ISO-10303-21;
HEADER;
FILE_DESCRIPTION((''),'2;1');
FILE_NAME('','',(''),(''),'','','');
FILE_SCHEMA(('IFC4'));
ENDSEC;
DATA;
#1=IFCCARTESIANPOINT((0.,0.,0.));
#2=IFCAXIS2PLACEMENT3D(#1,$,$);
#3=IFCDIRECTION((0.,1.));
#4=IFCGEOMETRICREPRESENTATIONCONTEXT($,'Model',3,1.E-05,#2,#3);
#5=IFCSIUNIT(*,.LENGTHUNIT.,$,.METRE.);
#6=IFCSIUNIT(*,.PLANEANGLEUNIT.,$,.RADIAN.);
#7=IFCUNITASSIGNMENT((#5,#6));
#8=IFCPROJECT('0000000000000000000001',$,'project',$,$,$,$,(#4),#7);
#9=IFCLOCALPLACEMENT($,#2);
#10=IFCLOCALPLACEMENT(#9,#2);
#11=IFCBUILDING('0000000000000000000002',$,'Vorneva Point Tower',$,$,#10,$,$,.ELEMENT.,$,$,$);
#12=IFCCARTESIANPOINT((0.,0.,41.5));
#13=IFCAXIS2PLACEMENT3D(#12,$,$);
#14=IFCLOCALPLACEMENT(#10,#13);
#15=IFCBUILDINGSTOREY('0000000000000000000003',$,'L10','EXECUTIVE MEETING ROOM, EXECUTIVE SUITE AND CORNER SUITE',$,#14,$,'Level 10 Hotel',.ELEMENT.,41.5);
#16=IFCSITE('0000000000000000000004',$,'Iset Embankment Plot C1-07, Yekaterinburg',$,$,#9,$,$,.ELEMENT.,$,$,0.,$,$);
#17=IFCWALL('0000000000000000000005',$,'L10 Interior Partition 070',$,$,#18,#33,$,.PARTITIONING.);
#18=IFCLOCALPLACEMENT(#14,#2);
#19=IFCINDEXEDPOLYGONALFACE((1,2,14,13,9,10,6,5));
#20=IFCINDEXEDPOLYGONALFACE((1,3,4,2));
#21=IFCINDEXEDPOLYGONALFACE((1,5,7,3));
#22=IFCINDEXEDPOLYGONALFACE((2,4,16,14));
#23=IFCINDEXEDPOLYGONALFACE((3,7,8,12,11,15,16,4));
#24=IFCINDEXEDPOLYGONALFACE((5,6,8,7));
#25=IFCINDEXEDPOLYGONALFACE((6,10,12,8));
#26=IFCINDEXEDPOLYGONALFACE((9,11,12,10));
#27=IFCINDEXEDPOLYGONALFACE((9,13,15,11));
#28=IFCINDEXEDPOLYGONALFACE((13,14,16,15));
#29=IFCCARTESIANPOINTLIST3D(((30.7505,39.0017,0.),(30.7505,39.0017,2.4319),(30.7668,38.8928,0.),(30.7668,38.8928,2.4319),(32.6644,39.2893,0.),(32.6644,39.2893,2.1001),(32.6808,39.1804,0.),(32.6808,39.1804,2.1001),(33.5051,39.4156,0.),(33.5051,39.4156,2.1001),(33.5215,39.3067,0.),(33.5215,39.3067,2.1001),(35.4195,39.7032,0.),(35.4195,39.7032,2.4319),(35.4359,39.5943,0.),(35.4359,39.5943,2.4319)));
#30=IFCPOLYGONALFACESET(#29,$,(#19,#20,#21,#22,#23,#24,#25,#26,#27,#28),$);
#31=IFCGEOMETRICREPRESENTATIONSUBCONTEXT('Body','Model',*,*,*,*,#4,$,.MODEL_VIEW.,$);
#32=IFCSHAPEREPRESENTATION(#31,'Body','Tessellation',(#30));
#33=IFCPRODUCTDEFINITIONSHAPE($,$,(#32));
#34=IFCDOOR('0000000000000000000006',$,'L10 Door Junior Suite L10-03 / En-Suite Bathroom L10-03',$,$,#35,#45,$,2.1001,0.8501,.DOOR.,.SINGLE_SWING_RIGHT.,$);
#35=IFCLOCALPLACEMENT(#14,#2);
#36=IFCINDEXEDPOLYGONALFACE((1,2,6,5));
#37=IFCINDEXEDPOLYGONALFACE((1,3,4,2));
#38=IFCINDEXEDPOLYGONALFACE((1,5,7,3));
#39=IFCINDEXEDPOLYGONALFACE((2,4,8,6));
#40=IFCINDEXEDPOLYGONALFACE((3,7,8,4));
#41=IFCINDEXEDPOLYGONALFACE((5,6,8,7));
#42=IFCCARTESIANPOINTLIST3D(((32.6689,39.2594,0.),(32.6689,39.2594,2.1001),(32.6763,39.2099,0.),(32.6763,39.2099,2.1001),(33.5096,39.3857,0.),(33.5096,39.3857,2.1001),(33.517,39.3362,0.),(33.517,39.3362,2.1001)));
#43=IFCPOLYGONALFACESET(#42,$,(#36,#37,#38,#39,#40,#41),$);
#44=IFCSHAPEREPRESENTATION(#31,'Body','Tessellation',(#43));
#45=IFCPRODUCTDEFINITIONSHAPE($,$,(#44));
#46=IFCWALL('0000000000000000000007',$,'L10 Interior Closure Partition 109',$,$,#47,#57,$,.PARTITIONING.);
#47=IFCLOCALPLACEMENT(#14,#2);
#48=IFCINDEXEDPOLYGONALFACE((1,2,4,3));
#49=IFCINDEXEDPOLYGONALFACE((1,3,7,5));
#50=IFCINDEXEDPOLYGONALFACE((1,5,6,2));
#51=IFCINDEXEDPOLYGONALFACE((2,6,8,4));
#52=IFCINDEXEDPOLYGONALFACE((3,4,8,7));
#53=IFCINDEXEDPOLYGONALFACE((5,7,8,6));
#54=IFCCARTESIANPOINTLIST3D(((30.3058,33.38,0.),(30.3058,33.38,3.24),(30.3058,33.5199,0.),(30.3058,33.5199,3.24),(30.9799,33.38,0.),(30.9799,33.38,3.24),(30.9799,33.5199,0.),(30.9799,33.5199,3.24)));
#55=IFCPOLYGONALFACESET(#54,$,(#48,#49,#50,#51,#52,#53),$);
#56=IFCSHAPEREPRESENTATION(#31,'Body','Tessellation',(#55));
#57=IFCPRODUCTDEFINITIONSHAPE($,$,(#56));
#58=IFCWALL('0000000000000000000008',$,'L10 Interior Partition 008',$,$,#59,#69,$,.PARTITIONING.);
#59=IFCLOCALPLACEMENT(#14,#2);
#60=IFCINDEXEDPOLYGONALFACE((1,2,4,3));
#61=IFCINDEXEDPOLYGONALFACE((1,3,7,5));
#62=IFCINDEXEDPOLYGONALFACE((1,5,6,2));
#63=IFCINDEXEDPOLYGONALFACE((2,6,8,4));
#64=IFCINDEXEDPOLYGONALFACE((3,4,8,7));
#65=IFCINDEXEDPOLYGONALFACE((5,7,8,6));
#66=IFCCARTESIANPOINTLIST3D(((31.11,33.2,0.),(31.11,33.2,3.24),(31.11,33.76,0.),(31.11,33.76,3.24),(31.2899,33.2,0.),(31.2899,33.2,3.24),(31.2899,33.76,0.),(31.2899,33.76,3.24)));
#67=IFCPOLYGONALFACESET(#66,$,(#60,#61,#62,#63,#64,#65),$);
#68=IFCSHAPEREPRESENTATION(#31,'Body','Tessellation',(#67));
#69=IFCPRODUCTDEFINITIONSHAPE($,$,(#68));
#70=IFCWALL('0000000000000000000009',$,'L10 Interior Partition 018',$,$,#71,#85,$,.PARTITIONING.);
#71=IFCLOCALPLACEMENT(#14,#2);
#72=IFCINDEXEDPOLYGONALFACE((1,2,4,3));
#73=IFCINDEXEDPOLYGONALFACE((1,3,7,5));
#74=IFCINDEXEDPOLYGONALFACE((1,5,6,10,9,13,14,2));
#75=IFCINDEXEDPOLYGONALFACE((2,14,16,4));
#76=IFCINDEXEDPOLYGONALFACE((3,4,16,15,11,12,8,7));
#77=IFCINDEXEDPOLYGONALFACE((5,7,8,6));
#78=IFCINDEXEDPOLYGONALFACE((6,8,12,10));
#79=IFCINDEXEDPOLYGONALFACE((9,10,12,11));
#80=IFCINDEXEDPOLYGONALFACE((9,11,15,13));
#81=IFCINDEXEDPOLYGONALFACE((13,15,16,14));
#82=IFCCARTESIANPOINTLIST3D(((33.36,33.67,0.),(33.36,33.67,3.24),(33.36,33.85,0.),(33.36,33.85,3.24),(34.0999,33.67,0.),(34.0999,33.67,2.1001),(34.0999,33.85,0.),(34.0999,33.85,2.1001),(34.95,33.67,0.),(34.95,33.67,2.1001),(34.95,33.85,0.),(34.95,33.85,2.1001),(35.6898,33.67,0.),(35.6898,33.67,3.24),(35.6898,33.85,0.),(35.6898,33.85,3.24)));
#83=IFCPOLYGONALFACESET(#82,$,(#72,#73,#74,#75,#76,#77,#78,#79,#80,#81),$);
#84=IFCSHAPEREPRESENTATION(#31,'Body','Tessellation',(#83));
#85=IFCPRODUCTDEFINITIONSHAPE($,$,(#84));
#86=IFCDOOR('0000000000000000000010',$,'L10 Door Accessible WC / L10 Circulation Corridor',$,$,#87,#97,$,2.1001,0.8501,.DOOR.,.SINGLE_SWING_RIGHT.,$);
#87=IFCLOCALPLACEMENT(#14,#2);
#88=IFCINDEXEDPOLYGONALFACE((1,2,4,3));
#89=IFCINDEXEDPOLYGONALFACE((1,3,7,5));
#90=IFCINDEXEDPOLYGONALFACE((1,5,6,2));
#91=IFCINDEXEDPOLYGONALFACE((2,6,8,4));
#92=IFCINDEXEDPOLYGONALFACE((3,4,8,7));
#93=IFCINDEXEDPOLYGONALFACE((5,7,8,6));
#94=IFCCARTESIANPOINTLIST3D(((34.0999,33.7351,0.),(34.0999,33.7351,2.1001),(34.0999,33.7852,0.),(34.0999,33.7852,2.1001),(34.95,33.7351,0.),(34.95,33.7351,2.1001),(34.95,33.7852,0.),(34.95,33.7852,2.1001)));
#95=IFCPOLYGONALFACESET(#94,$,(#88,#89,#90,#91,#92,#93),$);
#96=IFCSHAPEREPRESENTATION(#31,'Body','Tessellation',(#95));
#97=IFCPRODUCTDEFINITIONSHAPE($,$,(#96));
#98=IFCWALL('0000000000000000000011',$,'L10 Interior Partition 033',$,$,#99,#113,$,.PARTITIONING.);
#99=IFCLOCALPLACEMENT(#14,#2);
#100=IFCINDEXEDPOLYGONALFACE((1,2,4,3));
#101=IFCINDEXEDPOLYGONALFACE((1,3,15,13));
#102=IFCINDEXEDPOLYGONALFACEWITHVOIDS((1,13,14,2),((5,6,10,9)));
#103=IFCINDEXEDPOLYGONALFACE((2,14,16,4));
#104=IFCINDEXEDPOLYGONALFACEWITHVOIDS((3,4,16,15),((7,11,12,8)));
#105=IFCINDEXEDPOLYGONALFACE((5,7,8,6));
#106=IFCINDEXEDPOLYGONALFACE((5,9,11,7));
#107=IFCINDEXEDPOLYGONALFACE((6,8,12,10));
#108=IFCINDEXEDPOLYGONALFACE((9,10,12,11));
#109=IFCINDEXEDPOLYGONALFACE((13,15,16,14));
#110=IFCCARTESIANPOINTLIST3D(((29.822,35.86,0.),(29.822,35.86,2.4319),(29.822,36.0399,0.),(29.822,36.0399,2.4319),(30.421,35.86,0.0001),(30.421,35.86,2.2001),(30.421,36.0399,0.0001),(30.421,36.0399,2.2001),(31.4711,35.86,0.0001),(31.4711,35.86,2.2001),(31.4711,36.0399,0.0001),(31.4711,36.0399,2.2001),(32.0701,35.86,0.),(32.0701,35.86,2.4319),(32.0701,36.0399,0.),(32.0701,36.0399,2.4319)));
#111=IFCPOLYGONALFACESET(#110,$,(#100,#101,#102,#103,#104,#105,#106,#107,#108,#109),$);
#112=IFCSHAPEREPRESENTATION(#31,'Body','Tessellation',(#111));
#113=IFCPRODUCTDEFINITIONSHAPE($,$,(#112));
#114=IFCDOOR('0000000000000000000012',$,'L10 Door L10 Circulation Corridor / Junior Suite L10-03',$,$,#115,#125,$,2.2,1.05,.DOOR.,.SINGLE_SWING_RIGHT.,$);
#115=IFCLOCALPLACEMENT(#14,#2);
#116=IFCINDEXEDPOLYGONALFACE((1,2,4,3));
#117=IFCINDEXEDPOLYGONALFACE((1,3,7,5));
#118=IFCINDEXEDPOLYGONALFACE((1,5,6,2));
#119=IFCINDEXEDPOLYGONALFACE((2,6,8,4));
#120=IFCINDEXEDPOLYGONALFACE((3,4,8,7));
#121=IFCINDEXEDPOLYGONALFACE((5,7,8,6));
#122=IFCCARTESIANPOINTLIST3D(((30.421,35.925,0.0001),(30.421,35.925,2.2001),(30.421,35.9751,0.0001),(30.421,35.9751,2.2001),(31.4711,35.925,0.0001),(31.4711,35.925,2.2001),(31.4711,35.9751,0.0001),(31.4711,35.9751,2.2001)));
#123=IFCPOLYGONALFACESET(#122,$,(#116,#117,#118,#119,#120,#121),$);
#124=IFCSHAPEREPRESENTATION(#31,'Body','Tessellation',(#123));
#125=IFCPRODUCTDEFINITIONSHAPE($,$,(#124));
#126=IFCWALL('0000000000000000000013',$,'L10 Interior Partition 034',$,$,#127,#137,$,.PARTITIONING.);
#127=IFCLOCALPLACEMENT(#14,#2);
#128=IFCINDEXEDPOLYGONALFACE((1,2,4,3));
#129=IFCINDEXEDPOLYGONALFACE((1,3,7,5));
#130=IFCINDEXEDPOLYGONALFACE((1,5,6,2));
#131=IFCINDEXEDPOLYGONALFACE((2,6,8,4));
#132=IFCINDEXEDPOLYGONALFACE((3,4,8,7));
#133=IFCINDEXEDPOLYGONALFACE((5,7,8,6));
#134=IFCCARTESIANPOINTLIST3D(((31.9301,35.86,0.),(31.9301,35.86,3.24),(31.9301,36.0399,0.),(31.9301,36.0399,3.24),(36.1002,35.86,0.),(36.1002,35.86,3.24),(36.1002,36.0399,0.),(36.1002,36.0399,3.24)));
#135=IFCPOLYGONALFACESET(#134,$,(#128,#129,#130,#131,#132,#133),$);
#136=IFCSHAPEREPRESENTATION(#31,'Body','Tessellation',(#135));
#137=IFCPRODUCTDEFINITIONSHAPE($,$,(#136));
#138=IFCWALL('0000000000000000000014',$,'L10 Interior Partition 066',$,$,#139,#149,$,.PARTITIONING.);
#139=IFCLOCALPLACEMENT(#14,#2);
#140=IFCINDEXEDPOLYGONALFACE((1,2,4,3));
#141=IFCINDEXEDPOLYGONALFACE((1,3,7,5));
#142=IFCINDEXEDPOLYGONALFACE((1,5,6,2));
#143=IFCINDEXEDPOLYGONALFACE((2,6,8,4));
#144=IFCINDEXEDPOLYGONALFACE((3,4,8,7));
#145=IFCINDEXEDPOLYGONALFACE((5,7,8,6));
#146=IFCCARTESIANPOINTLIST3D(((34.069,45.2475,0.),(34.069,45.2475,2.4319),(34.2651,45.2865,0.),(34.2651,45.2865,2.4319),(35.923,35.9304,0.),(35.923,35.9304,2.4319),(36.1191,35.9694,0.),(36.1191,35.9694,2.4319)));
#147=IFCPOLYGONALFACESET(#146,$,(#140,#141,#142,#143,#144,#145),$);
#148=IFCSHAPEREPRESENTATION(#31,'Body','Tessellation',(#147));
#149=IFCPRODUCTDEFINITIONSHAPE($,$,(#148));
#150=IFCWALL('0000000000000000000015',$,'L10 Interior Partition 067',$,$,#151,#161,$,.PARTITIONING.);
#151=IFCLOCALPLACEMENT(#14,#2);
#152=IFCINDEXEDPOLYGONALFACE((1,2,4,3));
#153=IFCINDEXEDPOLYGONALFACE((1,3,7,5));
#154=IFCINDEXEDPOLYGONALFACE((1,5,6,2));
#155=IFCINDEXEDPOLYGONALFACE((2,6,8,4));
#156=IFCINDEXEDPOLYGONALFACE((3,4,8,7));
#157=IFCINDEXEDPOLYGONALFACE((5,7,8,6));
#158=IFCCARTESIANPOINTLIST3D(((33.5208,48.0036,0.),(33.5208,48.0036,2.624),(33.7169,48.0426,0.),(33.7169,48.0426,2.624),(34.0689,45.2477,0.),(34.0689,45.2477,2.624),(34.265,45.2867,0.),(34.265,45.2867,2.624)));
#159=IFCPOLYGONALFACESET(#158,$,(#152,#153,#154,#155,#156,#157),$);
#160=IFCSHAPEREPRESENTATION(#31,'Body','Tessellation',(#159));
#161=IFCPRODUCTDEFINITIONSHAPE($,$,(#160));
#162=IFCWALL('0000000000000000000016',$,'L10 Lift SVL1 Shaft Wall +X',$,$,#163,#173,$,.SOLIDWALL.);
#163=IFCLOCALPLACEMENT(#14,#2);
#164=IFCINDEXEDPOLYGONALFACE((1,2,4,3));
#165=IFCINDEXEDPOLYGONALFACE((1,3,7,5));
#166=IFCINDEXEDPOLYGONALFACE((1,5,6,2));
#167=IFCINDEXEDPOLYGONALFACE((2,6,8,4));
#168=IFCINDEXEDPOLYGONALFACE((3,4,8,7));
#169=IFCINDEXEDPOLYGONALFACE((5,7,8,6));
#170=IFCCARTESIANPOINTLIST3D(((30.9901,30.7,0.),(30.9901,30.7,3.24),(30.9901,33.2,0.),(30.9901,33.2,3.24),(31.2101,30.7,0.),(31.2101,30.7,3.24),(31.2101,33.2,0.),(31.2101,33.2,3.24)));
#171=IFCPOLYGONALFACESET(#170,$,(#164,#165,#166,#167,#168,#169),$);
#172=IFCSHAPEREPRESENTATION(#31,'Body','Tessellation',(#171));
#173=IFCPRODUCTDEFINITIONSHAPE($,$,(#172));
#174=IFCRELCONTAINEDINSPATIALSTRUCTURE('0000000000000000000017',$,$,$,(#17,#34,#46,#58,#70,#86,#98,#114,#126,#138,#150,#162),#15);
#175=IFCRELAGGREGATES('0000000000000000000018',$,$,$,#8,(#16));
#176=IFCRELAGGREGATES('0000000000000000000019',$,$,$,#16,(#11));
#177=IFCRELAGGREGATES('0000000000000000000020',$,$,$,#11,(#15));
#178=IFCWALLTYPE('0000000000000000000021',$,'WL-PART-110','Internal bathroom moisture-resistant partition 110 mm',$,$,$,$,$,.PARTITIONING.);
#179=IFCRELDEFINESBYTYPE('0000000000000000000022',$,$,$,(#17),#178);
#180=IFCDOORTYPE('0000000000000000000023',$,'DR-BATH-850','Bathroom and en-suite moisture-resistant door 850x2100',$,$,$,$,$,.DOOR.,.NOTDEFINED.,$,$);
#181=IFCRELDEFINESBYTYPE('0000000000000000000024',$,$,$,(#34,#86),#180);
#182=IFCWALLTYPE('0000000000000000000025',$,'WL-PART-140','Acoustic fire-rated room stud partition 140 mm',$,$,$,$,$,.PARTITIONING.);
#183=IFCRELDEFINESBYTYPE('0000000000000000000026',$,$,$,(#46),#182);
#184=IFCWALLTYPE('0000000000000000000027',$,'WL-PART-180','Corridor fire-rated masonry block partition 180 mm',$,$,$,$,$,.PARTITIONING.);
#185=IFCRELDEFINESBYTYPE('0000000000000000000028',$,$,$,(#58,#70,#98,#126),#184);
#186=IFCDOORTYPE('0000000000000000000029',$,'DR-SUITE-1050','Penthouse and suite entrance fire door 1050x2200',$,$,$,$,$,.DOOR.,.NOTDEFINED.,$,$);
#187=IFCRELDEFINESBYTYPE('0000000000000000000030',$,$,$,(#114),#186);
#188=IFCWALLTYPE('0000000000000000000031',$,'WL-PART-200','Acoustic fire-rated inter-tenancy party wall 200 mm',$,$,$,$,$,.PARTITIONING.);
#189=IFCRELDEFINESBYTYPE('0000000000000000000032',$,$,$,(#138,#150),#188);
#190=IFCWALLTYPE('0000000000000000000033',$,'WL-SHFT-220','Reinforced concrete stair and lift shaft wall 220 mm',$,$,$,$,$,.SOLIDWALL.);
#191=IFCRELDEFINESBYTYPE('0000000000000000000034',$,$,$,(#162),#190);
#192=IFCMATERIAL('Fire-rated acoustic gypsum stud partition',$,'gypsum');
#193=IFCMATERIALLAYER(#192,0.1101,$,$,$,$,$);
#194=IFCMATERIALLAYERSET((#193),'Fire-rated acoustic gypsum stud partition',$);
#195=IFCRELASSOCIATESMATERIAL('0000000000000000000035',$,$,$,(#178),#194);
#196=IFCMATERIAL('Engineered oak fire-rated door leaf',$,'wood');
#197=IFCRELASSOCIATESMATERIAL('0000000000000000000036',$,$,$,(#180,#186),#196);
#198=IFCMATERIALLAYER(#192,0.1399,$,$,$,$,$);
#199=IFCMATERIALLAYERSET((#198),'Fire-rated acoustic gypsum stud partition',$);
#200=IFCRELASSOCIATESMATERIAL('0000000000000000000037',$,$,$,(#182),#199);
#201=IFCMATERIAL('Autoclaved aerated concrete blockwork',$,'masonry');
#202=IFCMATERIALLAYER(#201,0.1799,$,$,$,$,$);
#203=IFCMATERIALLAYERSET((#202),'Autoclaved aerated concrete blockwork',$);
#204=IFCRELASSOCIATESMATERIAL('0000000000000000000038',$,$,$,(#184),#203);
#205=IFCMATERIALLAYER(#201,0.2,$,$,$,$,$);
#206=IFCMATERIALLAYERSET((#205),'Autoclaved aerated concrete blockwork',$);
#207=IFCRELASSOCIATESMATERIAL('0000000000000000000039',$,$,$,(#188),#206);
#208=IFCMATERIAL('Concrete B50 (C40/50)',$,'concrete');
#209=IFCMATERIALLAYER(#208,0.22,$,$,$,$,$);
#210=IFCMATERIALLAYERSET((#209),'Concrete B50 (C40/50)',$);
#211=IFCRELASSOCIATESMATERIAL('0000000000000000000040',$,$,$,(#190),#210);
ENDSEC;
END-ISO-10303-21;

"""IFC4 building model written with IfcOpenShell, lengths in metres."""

from ifc_helpers import new_model, si_unit, direction, frame, frame_2d, origin, place, context, subcontext, project, spatial, rectangle, extrude, material, layer, layer_set, type_object, element, fill, save


model = new_model("IFC4")

# Units and contexts
model_context = context("Model", 3, precision=1e-05, world=origin(), true_north=direction((0.0, 1.0)))
body_context = subcontext(model_context, "Body", "Model", "MODEL_VIEW")
ifc_project = project(units=[si_unit("LENGTHUNIT", "METRE"), si_unit("PLANEANGLEUNIT", "RADIAN")], contexts=[model_context])

# Site, building, storey
site_placement = place(None, origin())
site = spatial("IfcSite", under=ifc_project, at=site_placement, Name="Iset Embankment Plot C1-07, Yekaterinburg", CompositionType="ELEMENT", RefElevation=0.0)
building_placement = place(site_placement, origin())
building = spatial("IfcBuilding", under=site, at=building_placement, Name="Vorneva Point Tower", CompositionType="ELEMENT")
storey_placement = place(building_placement, frame((0.0, 0.0, 41.5)))
storey = spatial("IfcBuildingStorey", under=building, at=storey_placement, Name="L10", Description="EXECUTIVE MEETING ROOM, EXECUTIVE SUITE AND CORNER SUITE", LongName="Level 10 Hotel", CompositionType="ELEMENT", Elevation=41.5)

# Shared definitions
ifc_material_1 = material(Name="Fire-rated acoustic gypsum stud partition", Category="gypsum")
ifc_layer_1 = layer(ifc_material_1, 0.1101)
ifc_layer_set_1 = layer_set([ifc_layer_1], Name="Fire-rated acoustic gypsum stud partition")
wall_type_1 = type_object("IfcWallType", Name="WL-PART-110", Description="Internal bathroom moisture-resistant partition 110 mm", PredefinedType="PARTITIONING", material=ifc_layer_set_1)

# Wall, opening, door
wall_1_placement = place(storey_placement, frame((30.7585, 38.9473, 0.0), z_axis=(0.0, 0.0, 1.0), x_axis=(0.988903, 0.148563, 0.0)))
wall_1 = element("IfcWall", 1, at=wall_1_placement, inside=storey, type_object=wall_type_1, Name="L10 Interior Partition 070", PredefinedType="PARTITIONING", context=body_context, shape_type="SweptSolid", body=[
    extrude(rectangle(XDim=4.7214, YDim=0.1101, at=frame_2d((2.3608, 0.0))), origin(), (0.0, 0.0, 1.0), 2.4319),
])
opening_1_placement = place(wall_1_placement, frame((1.9355, 0.0, 0.0)))
opening_1 = element("IfcOpeningElement", 2, at=opening_1_placement, cuts=wall_1, PredefinedType="OPENING", context=body_context, shape_type="SweptSolid", body=[
    extrude(rectangle(XDim=0.8501, YDim=2.1001, at=frame_2d((0.425, 1.05))), frame((0.0, 0.0698, 0.0), z_axis=(0.0, -1.0, 0.0), x_axis=(1.0, 0.0, 0.0)), (0.0, 0.0, 1.0), 0.1399),
])
ifc_material_2 = material(Name="Engineered oak fire-rated door leaf", Category="wood")
door_type_1 = type_object("IfcDoorType", Name="DR-BATH-850", Description="Bathroom and en-suite moisture-resistant door 850x2100", OperationType="NOTDEFINED", PredefinedType="DOOR", material=ifc_material_2)
door_1_placement = place(opening_1_placement, origin())
door_1 = element("IfcDoor", 3, at=door_1_placement, inside=storey, type_object=door_type_1, Name="L10 Door Junior Suite L10-03 / En-Suite Bathroom L10-03", OperationType="SINGLE_SWING_RIGHT", OverallHeight=2.1001, OverallWidth=0.8501, PredefinedType="DOOR", context=body_context, shape_type="SweptSolid", body=[
    extrude(rectangle(XDim=0.8501, YDim=2.1001, at=frame_2d((0.425, 1.05))), frame((0.0, 0.0249, 0.0), z_axis=(0.0, -1.0, 0.0), x_axis=(1.0, 0.0, 0.0)), (0.0, 0.0, 1.0), 0.05),
])
fill(opening_1, door_1)

# Wall
ifc_layer_2 = layer(ifc_material_1, 0.1399)
ifc_layer_set_2 = layer_set([ifc_layer_2], Name="Fire-rated acoustic gypsum stud partition")
wall_type_2 = type_object("IfcWallType", Name="WL-PART-140", Description="Acoustic fire-rated room stud partition 140 mm", PredefinedType="PARTITIONING", material=ifc_layer_set_2)
wall_2_placement = place(storey_placement, frame((30.3059, 33.45, 0.0), z_axis=(0.0, 0.0, 1.0), x_axis=(1.0, 0.0, 0.0)))
element("IfcWall", 4, at=wall_2_placement, inside=storey, type_object=wall_type_2, Name="L10 Interior Closure Partition 109", PredefinedType="PARTITIONING", context=body_context, shape_type="SweptSolid", body=[
    extrude(rectangle(XDim=0.6741, YDim=0.1399, at=frame_2d((0.3369, 0.0))), origin(), (0.0, 0.0, 1.0), 3.24),
])

# Shared definitions
ifc_material_3 = material(Name="Autoclaved aerated concrete blockwork", Category="masonry")
ifc_layer_3 = layer(ifc_material_3, 0.1799)
ifc_layer_set_3 = layer_set([ifc_layer_3], Name="Autoclaved aerated concrete blockwork")
wall_type_3 = type_object("IfcWallType", Name="WL-PART-180", Description="Corridor fire-rated masonry block partition 180 mm", PredefinedType="PARTITIONING", material=ifc_layer_set_3)

# Wall
wall_3_placement = place(storey_placement, frame((31.2, 33.76, 0.0), z_axis=(0.0, 0.0, 1.0), x_axis=(0.0, -1.0, 0.0)))
element("IfcWall", 5, at=wall_3_placement, inside=storey, type_object=wall_type_3, Name="L10 Interior Partition 008", PredefinedType="PARTITIONING", context=body_context, shape_type="SweptSolid", body=[
    extrude(rectangle(XDim=0.5601, YDim=0.1799, at=frame_2d((0.28, 0.0))), origin(), (0.0, 0.0, 1.0), 3.24),
])

# Walls, openings, doors
wall_4_placement = place(storey_placement, frame((35.6899, 33.76, 0.0), z_axis=(0.0, 0.0, 1.0), x_axis=(-1.0, 0.0, 0.0)))
wall_4 = element("IfcWall", 6, at=wall_4_placement, inside=storey, type_object=wall_type_3, Name="L10 Interior Partition 018", PredefinedType="PARTITIONING", context=body_context, shape_type="SweptSolid", body=[
    extrude(rectangle(XDim=2.3298, YDim=0.1799, at=frame_2d((1.165, 0.0))), origin(), (0.0, 0.0, 1.0), 3.24),
])
opening_2_placement = place(wall_4_placement, frame((0.74, 0.0, 0.0)))
opening_2 = element("IfcOpeningElement", 7, at=opening_2_placement, cuts=wall_4, PredefinedType="OPENING", context=body_context, shape_type="SweptSolid", body=[
    extrude(rectangle(XDim=0.8501, YDim=2.1001, at=frame_2d((0.425, 1.05))), frame((0.0, 0.105, 0.0), z_axis=(0.0, -1.0, 0.0), x_axis=(1.0, 0.0, 0.0)), (0.0, 0.0, 1.0), 0.2097),
])
door_2_placement = place(opening_2_placement, origin())
door_2 = element("IfcDoor", 8, at=door_2_placement, inside=storey, type_object=door_type_1, Name="L10 Door Accessible WC / L10 Circulation Corridor", OperationType="SINGLE_SWING_RIGHT", OverallHeight=2.1001, OverallWidth=0.8501, PredefinedType="DOOR", context=body_context, shape_type="SweptSolid", body=[
    extrude(rectangle(XDim=0.8501, YDim=2.1001, at=frame_2d((0.425, 1.05))), frame((0.0, 0.0249, 0.0), z_axis=(0.0, -1.0, 0.0), x_axis=(1.0, 0.0, 0.0)), (0.0, 0.0, 1.0), 0.05),
])
fill(opening_2, door_2)
wall_5_placement = place(storey_placement, frame((32.0701, 35.95, 0.0), z_axis=(0.0, 0.0, 1.0), x_axis=(-1.0, 0.0, 0.0)))
wall_5 = element("IfcWall", 9, at=wall_5_placement, inside=storey, type_object=wall_type_3, Name="L10 Interior Partition 033", PredefinedType="PARTITIONING", context=body_context, shape_type="SweptSolid", body=[
    extrude(rectangle(XDim=2.248, YDim=0.1799, at=frame_2d((1.124, 0.0))), origin(), (0.0, 0.0, 1.0), 2.4319),
])
opening_3_placement = place(wall_5_placement, frame((0.5991, 0.0, 0.0)))
opening_3 = element("IfcOpeningElement", 10, at=opening_3_placement, cuts=wall_5, PredefinedType="OPENING", context=body_context, shape_type="SweptSolid", body=[
    extrude(rectangle(XDim=1.05, YDim=2.2, at=frame_2d((0.5249, 1.1001))), frame((0.0, 0.105, 0.0), z_axis=(0.0, -1.0, 0.0), x_axis=(1.0, 0.0, 0.0)), (0.0, 0.0, 1.0), 0.2097),
])
door_type_2 = type_object("IfcDoorType", Name="DR-SUITE-1050", Description="Penthouse and suite entrance fire door 1050x2200", OperationType="NOTDEFINED", PredefinedType="DOOR", material=ifc_material_2)
door_3_placement = place(opening_3_placement, origin())
door_3 = element("IfcDoor", 11, at=door_3_placement, inside=storey, type_object=door_type_2, Name="L10 Door L10 Circulation Corridor / Junior Suite L10-03", OperationType="SINGLE_SWING_RIGHT", OverallHeight=2.2, OverallWidth=1.05, PredefinedType="DOOR", context=body_context, shape_type="SweptSolid", body=[
    extrude(rectangle(XDim=1.05, YDim=2.2, at=frame_2d((0.5249, 1.1001))), frame((0.0, 0.0249, 0.0), z_axis=(0.0, -1.0, 0.0), x_axis=(1.0, 0.0, 0.0)), (0.0, 0.0, 1.0), 0.05),
])
fill(opening_3, door_3)

# Wall
wall_6_placement = place(storey_placement, frame((36.1001, 35.95, 0.0), z_axis=(0.0, 0.0, 1.0), x_axis=(-1.0, 0.0, 0.0)))
element("IfcWall", 12, at=wall_6_placement, inside=storey, type_object=wall_type_3, Name="L10 Interior Partition 034", PredefinedType="PARTITIONING", context=body_context, shape_type="SweptSolid", body=[
    extrude(rectangle(XDim=4.1702, YDim=0.1799, at=frame_2d((2.085, 0.0))), origin(), (0.0, 0.0, 1.0), 3.24),
])

# Walls
ifc_layer_4 = layer(ifc_material_3, 0.2)
ifc_layer_set_4 = layer_set([ifc_layer_4], Name="Autoclaved aerated concrete blockwork")
wall_type_4 = type_object("IfcWallType", Name="WL-PART-200", Description="Acoustic fire-rated inter-tenancy party wall 200 mm", PredefinedType="PARTITIONING", material=ifc_layer_set_4)
wall_7_placement = place(storey_placement, frame((34.167, 45.2671, 0.0), z_axis=(0.0, 0.0, 1.0), x_axis=(0.195162, -0.980771, 0.0)))
element("IfcWall", 13, at=wall_7_placement, inside=storey, type_object=wall_type_4, Name="L10 Interior Partition 066", PredefinedType="PARTITIONING", context=body_context, shape_type="SweptSolid", body=[
    extrude(rectangle(XDim=9.4998, YDim=0.2, at=frame_2d((4.75, 0.0))), origin(), (0.0, 0.0, 1.0), 2.4319),
])
wall_8_placement = place(storey_placement, frame((33.6189, 48.0229, 0.0), z_axis=(0.0, 0.0, 1.0), x_axis=(0.195063, -0.980791, 0.0)))
element("IfcWall", 14, at=wall_8_placement, inside=storey, type_object=wall_type_4, Name="L10 Interior Partition 067", PredefinedType="PARTITIONING", context=body_context, shape_type="SweptSolid", body=[
    extrude(rectangle(XDim=2.8098, YDim=0.2, at=frame_2d((1.4048, 0.0))), origin(), (0.0, 0.0, 1.0), 2.624),
])
ifc_material_4 = material(Name="Concrete B50 (C40/50)", Category="concrete")
ifc_layer_5 = layer(ifc_material_4, 0.22)
ifc_layer_set_5 = layer_set([ifc_layer_5], Name="Concrete B50 (C40/50)")
wall_type_5 = type_object("IfcWallType", Name="WL-SHFT-220", Description="Reinforced concrete stair and lift shaft wall 220 mm", PredefinedType="SOLIDWALL", material=ifc_layer_set_5)
wall_9_placement = place(storey_placement, frame((31.1001, 30.7, 0.0), z_axis=(0.0, 0.0, 1.0), x_axis=(0.0, 1.0, 0.0)))
element("IfcWall", 15, at=wall_9_placement, inside=storey, type_object=wall_type_5, Name="L10 Lift SVL1 Shaft Wall +X", PredefinedType="SOLIDWALL", context=body_context, shape_type="SweptSolid", body=[
    extrude(rectangle(XDim=2.5, YDim=0.22, at=frame_2d((1.25, 0.0))), origin(), (0.0, 0.0, 1.0), 3.24),
])

save(model, "model.ifc")
